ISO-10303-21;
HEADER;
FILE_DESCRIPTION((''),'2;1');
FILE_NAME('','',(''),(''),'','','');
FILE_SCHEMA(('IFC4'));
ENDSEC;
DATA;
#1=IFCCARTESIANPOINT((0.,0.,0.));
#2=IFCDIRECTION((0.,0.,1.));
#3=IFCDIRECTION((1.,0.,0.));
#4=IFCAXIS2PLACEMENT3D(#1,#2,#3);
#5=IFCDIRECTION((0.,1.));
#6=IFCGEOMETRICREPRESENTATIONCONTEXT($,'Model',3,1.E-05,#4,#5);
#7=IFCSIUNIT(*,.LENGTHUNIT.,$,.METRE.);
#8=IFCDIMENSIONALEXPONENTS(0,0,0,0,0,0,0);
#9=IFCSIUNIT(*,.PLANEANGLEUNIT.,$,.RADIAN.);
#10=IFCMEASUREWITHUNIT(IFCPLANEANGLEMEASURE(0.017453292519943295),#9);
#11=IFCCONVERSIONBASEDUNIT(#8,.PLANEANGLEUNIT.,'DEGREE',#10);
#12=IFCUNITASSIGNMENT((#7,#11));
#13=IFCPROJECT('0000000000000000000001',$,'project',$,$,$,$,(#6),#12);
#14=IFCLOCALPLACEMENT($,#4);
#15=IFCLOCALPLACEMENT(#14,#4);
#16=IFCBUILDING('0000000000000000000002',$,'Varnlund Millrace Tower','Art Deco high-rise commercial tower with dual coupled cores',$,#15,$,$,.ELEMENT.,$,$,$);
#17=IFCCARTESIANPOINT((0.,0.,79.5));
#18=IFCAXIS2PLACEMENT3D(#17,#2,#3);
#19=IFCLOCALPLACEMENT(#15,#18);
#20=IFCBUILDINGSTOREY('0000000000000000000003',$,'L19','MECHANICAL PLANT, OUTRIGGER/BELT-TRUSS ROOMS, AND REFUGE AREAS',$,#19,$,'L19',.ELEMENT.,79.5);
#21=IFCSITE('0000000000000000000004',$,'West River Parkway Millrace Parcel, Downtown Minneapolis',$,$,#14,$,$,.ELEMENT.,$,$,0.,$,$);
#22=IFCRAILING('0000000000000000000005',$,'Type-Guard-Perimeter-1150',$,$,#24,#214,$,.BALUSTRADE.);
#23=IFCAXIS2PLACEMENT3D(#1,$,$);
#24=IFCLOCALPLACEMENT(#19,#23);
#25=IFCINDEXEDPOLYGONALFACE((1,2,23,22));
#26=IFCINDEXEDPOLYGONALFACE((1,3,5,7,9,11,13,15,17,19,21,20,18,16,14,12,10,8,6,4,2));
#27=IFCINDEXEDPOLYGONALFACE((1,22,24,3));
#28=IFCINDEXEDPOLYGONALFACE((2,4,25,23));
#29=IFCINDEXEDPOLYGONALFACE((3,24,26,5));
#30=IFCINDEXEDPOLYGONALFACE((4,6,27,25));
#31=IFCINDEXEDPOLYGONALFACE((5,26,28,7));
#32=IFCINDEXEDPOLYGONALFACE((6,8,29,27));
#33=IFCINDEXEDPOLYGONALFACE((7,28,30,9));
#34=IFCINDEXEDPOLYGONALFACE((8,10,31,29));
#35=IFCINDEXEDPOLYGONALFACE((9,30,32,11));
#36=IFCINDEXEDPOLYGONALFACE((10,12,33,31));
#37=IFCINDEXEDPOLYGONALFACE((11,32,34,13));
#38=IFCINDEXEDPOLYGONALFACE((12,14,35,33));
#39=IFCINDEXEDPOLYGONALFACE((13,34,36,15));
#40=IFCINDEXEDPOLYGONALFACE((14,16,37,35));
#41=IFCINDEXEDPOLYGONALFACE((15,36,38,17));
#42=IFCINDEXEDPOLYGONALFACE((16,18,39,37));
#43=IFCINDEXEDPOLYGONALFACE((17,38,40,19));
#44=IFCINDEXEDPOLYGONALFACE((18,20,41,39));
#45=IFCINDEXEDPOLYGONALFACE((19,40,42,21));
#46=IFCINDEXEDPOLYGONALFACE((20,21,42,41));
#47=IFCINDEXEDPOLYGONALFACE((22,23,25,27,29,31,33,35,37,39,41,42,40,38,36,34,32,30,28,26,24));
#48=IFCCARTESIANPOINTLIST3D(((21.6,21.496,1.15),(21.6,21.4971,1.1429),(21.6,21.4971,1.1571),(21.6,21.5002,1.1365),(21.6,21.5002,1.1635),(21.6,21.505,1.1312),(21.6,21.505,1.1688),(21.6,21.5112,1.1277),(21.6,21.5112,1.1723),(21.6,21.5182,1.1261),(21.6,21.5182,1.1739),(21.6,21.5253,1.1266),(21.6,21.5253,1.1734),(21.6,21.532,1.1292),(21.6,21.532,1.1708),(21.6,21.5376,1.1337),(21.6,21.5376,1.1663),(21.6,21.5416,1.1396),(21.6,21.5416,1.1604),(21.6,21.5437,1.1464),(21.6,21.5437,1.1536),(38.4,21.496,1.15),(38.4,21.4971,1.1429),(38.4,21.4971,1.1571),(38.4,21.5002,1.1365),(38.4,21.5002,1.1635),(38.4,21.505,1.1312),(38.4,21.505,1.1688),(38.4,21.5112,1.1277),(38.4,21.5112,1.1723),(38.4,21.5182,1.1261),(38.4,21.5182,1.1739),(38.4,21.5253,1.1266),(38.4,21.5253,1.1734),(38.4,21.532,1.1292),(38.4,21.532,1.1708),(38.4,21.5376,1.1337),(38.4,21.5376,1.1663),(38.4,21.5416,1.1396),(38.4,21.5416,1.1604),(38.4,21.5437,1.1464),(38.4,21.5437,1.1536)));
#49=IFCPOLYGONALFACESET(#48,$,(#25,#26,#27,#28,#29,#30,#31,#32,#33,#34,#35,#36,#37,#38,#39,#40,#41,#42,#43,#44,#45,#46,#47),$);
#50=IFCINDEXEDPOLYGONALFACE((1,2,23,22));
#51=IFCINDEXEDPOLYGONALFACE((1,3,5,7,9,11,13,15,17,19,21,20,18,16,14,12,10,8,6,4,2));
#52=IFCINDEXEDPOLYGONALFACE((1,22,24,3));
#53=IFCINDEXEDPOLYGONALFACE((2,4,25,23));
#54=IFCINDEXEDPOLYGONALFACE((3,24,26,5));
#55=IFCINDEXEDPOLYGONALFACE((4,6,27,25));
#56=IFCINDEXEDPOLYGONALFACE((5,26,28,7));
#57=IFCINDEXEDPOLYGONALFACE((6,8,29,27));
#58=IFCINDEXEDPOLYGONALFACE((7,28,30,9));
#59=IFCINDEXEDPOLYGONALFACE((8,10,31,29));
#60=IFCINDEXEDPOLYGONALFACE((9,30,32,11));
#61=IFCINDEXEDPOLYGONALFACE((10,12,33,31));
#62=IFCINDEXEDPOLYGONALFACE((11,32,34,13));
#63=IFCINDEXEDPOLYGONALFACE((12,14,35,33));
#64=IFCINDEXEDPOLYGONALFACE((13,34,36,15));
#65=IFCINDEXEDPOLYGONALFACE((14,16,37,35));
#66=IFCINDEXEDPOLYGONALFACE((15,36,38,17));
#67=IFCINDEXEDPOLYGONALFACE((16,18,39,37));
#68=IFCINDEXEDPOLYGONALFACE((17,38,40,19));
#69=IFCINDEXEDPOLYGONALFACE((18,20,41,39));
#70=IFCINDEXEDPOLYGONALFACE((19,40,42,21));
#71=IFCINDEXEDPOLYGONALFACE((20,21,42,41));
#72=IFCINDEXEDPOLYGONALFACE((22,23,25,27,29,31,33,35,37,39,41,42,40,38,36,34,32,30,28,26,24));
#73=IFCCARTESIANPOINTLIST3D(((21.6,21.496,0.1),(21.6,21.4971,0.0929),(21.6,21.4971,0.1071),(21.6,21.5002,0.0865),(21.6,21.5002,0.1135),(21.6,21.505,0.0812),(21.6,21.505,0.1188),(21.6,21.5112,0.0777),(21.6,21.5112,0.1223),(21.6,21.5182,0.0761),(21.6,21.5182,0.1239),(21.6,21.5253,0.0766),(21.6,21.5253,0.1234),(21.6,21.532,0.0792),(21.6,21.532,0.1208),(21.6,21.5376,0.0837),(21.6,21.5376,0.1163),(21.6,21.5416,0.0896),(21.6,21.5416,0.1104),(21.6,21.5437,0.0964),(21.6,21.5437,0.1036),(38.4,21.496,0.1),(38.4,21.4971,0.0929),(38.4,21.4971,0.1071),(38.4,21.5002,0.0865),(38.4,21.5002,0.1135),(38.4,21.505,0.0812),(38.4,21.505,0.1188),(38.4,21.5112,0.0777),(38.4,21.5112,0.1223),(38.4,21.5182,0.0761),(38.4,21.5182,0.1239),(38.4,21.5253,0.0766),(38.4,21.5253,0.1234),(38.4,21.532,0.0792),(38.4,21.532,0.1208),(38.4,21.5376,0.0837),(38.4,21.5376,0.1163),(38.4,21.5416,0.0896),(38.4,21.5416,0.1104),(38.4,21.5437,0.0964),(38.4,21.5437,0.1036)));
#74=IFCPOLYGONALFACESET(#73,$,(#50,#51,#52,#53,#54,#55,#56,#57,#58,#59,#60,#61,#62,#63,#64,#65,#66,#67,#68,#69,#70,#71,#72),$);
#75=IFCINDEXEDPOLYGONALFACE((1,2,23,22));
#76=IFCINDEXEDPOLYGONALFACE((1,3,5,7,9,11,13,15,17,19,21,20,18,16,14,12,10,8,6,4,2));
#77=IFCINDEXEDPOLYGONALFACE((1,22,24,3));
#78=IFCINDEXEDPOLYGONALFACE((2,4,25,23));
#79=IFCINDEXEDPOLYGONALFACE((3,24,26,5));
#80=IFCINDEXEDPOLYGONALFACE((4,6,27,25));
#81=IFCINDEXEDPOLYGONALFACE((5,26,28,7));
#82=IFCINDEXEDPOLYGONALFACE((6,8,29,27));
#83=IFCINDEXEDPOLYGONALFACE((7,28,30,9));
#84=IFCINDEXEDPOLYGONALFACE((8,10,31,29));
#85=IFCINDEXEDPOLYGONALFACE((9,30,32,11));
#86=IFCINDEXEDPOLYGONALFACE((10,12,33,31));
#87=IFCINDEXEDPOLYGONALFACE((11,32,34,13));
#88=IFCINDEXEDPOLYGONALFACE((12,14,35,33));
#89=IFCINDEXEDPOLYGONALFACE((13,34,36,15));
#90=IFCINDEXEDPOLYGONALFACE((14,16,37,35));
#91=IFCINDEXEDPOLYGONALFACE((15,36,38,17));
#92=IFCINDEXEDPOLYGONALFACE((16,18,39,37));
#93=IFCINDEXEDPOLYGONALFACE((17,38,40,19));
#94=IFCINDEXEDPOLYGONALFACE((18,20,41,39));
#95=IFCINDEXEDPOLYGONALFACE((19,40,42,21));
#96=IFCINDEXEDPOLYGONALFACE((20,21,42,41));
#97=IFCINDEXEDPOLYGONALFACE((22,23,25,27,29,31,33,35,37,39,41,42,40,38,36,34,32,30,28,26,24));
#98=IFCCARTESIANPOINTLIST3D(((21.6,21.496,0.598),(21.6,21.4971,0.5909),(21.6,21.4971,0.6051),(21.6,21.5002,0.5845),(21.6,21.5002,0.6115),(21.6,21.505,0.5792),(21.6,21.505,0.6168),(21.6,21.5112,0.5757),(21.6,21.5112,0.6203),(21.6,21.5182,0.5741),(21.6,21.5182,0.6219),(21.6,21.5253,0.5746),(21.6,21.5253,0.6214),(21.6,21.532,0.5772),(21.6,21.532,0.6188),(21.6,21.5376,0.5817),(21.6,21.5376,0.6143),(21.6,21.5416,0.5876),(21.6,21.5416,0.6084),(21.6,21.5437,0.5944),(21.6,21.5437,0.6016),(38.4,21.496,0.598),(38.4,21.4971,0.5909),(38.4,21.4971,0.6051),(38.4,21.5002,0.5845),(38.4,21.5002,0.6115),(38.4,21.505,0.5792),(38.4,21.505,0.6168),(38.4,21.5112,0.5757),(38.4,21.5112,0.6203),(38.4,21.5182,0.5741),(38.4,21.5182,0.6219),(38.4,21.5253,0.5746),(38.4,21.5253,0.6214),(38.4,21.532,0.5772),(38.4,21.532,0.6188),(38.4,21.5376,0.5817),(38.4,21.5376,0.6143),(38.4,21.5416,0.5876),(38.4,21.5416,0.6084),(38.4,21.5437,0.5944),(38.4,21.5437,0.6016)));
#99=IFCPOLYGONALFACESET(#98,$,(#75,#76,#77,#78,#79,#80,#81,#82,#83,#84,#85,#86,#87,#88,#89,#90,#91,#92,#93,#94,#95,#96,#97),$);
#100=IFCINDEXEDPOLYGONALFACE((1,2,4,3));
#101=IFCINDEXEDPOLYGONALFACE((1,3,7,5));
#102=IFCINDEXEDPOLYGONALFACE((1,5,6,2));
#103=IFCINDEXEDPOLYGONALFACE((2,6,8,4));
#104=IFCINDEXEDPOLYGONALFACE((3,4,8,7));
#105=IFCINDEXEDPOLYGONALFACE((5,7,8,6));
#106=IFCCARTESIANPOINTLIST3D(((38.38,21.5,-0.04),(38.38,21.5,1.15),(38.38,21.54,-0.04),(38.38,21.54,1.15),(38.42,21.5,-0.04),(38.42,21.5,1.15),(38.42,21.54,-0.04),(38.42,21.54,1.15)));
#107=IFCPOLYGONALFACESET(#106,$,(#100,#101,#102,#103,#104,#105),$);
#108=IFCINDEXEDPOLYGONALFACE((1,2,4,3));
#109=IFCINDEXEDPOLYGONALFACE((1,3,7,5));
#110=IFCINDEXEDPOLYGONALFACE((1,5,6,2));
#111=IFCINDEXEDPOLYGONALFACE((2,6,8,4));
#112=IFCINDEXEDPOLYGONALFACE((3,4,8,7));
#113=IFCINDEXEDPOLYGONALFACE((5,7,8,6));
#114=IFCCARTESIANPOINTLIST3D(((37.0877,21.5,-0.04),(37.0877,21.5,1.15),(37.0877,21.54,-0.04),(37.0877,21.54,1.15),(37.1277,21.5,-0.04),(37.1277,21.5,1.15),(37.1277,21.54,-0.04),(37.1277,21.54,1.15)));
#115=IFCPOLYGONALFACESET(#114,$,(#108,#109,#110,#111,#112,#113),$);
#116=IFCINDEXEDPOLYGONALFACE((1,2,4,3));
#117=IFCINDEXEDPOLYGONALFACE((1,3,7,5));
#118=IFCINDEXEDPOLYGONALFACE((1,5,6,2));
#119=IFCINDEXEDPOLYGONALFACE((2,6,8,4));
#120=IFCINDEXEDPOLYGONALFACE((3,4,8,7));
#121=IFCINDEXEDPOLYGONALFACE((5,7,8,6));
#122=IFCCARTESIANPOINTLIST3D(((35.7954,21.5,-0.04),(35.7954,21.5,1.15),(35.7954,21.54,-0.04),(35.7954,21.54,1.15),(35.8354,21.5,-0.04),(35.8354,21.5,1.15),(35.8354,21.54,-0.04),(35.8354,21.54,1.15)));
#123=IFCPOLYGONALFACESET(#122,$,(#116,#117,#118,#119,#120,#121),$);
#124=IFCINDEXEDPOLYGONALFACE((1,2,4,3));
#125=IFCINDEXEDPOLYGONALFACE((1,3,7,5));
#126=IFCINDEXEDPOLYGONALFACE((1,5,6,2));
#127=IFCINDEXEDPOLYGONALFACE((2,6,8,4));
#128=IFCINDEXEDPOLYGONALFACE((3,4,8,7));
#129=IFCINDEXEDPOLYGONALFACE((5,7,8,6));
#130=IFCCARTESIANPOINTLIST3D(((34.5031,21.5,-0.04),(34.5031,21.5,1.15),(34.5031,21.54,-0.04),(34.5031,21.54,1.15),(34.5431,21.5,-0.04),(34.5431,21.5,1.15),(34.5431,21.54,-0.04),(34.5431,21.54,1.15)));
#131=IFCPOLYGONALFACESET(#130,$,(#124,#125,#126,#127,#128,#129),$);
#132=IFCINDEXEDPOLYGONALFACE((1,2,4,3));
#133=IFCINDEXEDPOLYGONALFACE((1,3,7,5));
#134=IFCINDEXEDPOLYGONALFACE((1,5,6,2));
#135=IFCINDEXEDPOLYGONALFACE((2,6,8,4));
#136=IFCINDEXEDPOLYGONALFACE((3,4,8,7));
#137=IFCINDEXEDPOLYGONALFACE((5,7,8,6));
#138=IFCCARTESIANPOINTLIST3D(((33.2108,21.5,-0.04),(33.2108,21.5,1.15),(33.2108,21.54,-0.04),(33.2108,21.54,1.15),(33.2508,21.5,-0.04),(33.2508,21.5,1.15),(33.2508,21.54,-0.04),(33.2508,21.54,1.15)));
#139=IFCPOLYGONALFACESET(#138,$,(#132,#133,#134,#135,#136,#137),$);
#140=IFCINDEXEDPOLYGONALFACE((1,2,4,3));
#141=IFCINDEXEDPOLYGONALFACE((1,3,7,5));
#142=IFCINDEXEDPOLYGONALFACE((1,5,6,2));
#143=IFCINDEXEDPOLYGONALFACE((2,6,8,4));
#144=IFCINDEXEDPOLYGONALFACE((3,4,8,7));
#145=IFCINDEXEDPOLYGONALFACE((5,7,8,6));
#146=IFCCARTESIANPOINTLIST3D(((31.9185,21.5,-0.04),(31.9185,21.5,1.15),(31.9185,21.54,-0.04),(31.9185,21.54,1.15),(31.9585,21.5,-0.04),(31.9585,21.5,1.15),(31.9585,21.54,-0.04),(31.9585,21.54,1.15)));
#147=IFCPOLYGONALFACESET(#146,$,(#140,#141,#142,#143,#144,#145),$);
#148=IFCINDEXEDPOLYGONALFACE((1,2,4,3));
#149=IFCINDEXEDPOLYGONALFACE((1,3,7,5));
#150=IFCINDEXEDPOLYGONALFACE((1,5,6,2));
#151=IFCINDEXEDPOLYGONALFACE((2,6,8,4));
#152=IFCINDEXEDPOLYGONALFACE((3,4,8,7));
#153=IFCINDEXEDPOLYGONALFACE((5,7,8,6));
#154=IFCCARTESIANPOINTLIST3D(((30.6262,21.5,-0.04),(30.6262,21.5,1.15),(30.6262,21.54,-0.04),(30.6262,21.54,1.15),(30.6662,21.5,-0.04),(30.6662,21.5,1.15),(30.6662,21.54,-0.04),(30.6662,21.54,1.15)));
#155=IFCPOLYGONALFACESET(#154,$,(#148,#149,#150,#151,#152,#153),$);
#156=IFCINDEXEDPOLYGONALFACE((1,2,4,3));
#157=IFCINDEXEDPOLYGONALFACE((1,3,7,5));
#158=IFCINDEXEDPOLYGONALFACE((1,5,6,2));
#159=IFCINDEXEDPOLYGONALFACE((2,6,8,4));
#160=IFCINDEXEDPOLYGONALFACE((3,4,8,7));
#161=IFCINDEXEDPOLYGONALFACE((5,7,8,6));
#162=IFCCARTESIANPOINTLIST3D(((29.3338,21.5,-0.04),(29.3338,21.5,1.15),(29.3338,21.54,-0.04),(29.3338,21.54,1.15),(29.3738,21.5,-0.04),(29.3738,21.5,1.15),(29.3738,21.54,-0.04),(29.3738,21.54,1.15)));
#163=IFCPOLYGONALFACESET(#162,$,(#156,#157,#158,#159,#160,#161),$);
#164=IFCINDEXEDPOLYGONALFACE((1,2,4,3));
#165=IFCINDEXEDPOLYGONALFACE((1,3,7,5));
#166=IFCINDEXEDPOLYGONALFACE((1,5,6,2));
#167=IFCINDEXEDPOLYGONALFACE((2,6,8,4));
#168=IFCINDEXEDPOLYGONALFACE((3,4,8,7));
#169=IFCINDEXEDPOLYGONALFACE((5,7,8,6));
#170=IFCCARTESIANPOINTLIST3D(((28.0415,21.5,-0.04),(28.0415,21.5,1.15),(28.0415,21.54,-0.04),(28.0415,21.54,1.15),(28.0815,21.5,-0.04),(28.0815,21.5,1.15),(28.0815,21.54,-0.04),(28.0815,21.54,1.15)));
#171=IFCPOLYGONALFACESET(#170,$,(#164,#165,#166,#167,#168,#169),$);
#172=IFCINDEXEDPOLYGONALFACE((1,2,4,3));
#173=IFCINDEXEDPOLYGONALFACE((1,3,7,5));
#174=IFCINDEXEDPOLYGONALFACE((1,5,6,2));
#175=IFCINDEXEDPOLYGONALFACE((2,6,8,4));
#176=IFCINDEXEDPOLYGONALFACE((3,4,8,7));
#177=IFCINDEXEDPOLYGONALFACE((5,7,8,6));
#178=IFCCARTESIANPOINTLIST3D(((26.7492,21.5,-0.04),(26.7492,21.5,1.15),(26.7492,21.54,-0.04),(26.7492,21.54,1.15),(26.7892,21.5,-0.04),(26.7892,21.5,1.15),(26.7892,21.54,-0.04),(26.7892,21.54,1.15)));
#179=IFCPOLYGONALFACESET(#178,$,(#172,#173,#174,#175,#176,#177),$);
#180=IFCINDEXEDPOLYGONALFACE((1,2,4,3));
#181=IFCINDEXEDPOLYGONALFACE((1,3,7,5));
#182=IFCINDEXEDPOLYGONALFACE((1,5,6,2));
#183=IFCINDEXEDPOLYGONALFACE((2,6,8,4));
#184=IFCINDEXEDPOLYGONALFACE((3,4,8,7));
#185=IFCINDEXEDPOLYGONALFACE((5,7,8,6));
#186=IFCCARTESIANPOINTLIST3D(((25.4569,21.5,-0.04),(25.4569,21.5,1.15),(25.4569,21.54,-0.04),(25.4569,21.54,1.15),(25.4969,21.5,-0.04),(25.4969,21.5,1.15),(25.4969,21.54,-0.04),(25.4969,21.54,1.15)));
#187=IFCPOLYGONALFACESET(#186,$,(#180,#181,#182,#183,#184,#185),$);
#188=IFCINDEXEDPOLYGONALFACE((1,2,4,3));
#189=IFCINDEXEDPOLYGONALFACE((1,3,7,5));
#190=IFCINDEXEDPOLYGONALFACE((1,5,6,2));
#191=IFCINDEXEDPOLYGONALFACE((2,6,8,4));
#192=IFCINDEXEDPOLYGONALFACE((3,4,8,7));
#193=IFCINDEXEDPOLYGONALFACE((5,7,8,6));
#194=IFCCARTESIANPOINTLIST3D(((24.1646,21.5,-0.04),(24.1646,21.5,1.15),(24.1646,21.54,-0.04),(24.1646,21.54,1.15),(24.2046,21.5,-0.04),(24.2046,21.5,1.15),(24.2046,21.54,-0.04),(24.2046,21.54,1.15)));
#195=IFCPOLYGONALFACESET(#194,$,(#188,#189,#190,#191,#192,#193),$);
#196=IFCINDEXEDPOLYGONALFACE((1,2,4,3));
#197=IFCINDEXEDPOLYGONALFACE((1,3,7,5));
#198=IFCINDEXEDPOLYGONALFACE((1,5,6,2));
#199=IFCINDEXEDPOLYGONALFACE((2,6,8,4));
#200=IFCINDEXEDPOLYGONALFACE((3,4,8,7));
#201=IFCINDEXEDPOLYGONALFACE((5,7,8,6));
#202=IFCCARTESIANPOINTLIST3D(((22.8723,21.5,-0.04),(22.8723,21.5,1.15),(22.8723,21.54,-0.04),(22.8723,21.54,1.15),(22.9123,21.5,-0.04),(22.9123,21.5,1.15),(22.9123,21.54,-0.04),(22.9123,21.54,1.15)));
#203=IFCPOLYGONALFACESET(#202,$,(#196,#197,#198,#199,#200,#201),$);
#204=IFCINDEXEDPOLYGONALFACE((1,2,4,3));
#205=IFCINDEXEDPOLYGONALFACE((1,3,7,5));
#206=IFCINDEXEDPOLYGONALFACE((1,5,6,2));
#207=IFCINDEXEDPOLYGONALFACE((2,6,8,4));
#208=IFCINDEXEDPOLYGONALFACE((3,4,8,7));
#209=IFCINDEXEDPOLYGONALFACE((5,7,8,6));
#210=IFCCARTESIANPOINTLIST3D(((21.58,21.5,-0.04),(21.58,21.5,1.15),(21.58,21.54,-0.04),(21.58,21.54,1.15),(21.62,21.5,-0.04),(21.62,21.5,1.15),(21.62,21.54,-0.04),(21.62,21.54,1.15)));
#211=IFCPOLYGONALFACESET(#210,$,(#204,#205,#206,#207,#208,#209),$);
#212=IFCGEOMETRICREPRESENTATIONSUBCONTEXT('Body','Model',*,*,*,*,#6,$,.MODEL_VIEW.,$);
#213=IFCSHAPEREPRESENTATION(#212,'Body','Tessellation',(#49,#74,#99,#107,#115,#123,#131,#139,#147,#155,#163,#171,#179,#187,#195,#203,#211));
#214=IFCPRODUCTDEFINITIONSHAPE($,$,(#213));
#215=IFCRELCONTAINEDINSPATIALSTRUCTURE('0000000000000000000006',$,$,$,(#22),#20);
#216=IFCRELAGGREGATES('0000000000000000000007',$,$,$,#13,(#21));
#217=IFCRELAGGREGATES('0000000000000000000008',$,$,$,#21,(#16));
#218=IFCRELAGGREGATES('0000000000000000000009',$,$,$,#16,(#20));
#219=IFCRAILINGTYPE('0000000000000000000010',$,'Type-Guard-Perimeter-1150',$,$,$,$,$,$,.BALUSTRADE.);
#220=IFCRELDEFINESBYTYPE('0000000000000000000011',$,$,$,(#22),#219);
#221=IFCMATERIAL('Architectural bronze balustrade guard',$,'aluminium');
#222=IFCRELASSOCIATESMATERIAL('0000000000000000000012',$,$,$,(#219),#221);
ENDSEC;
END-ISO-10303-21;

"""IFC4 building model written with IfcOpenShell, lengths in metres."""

from ifc_helpers import new_model, entity, si_unit, converted_unit, direction, frame, origin_with_axes, origin_2d_with_axis, place, context, subcontext, project, spatial, rectangle, circle, extrude, material, type_object, element, save


model = new_model("IFC4")

# Units and contexts
model_context = context("Model", 3, precision=1e-05, world=origin_with_axes(), true_north=direction((0.0, 1.0)))
body_context = subcontext(model_context, "Body", "Model", "MODEL_VIEW")
ifc_project = project(units=[si_unit("LENGTHUNIT", "METRE"), converted_unit("PLANEANGLEUNIT", "DEGREE", entity("IfcPlaneAngleMeasure", 0.017453292519943295), si_unit("PLANEANGLEUNIT", "RADIAN"), dimensions=[0, 0, 0, 0, 0, 0, 0])], contexts=[model_context])

# Site, building, storey
site_placement = place(None, origin_with_axes())
site = spatial("IfcSite", under=ifc_project, at=site_placement, Name="West River Parkway Millrace Parcel, Downtown Minneapolis", CompositionType="ELEMENT", RefElevation=0.0)
building_placement = place(site_placement, origin_with_axes())
building = spatial("IfcBuilding", under=site, at=building_placement, Name="Varnlund Millrace Tower", Description="Art Deco high-rise commercial tower with dual coupled cores", CompositionType="ELEMENT")
storey_placement = place(building_placement, frame((0.0, 0.0, 79.5), z_axis=(0.0, 0.0, 1.0), x_axis=(1.0, 0.0, 0.0)))
storey = spatial("IfcBuildingStorey", under=building, at=storey_placement, Name="L19", Description="MECHANICAL PLANT, OUTRIGGER/BELT-TRUSS ROOMS, AND REFUGE AREAS", LongName="L19", CompositionType="ELEMENT", Elevation=79.5)

# Railing
ifc_material_1 = material(Name="Architectural bronze balustrade guard", Category="aluminium")
railing_type = type_object("IfcRailingType", Name="Type-Guard-Perimeter-1150", PredefinedType="BALUSTRADE", material=ifc_material_1)
railing_1_placement = place(storey_placement, frame((0.0, 0.0, -79.5), z_axis=(0.0, 0.0, 1.0), x_axis=(1.0, 0.0, 0.0)))
element("IfcRailing", 1, at=railing_1_placement, inside=storey, type_object=railing_type, Name="Type-Guard-Perimeter-1150", PredefinedType="BALUSTRADE", context=body_context, shape_type="SweptSolid", body=[
    extrude(circle(Radius=0.024, at=origin_2d_with_axis()), frame((38.4, 21.52, 80.65), z_axis=(-1.0, 0.0, 0.0), x_axis=(0.0, -1.0, 0.0)), (0.0, 0.0, 1.0), 16.8),
    extrude(circle(Radius=0.024, at=origin_2d_with_axis()), frame((38.4, 21.52, 79.6), z_axis=(-1.0, 0.0, 0.0), x_axis=(0.0, -1.0, 0.0)), (0.0, 0.0, 1.0), 16.8),
    extrude(circle(Radius=0.024, at=origin_2d_with_axis()), frame((38.4, 21.52, 80.098), z_axis=(-1.0, 0.0, 0.0), x_axis=(0.0, -1.0, 0.0)), (0.0, 0.0, 1.0), 16.8),
    extrude(rectangle(XDim=0.04, YDim=0.04, at=origin_2d_with_axis()), frame((38.4, 21.52, 79.46), z_axis=(0.0, 0.0, 1.0), x_axis=(1.0, 0.0, 0.0)), (0.0, 0.0, 1.0), 1.19),
    extrude(rectangle(XDim=0.04, YDim=0.04, at=origin_2d_with_axis()), frame((37.1077, 21.52, 79.46), z_axis=(0.0, 0.0, 1.0), x_axis=(1.0, 0.0, 0.0)), (0.0, 0.0, 1.0), 1.19),
    extrude(rectangle(XDim=0.04, YDim=0.04, at=origin_2d_with_axis()), frame((35.8154, 21.52, 79.46), z_axis=(0.0, 0.0, 1.0), x_axis=(1.0, 0.0, 0.0)), (0.0, 0.0, 1.0), 1.19),
    extrude(rectangle(XDim=0.04, YDim=0.04, at=origin_2d_with_axis()), frame((34.5231, 21.52, 79.46), z_axis=(0.0, 0.0, 1.0), x_axis=(1.0, 0.0, 0.0)), (0.0, 0.0, 1.0), 1.19),
    extrude(rectangle(XDim=0.04, YDim=0.04, at=origin_2d_with_axis()), frame((33.2308, 21.52, 79.46), z_axis=(0.0, 0.0, 1.0), x_axis=(1.0, 0.0, 0.0)), (0.0, 0.0, 1.0), 1.19),
    extrude(rectangle(XDim=0.04, YDim=0.04, at=origin_2d_with_axis()), frame((31.9385, 21.52, 79.46), z_axis=(0.0, 0.0, 1.0), x_axis=(1.0, 0.0, 0.0)), (0.0, 0.0, 1.0), 1.19),
    extrude(rectangle(XDim=0.04, YDim=0.04, at=origin_2d_with_axis()), frame((30.6462, 21.52, 79.46), z_axis=(0.0, 0.0, 1.0), x_axis=(1.0, 0.0, 0.0)), (0.0, 0.0, 1.0), 1.19),
    extrude(rectangle(XDim=0.04, YDim=0.04, at=origin_2d_with_axis()), frame((29.3538, 21.52, 79.46), z_axis=(0.0, 0.0, 1.0), x_axis=(1.0, 0.0, 0.0)), (0.0, 0.0, 1.0), 1.19),
    extrude(rectangle(XDim=0.04, YDim=0.04, at=origin_2d_with_axis()), frame((28.0615, 21.52, 79.46), z_axis=(0.0, 0.0, 1.0), x_axis=(1.0, 0.0, 0.0)), (0.0, 0.0, 1.0), 1.19),
    extrude(rectangle(XDim=0.04, YDim=0.04, at=origin_2d_with_axis()), frame((26.7692, 21.52, 79.46), z_axis=(0.0, 0.0, 1.0), x_axis=(1.0, 0.0, 0.0)), (0.0, 0.0, 1.0), 1.19),
    extrude(rectangle(XDim=0.04, YDim=0.04, at=origin_2d_with_axis()), frame((25.4769, 21.52, 79.46), z_axis=(0.0, 0.0, 1.0), x_axis=(1.0, 0.0, 0.0)), (0.0, 0.0, 1.0), 1.19),
    extrude(rectangle(XDim=0.04, YDim=0.04, at=origin_2d_with_axis()), frame((24.1846, 21.52, 79.46), z_axis=(0.0, 0.0, 1.0), x_axis=(1.0, 0.0, 0.0)), (0.0, 0.0, 1.0), 1.19),
    extrude(rectangle(XDim=0.04, YDim=0.04, at=origin_2d_with_axis()), frame((22.8923, 21.52, 79.46), z_axis=(0.0, 0.0, 1.0), x_axis=(1.0, 0.0, 0.0)), (0.0, 0.0, 1.0), 1.19),
    extrude(rectangle(XDim=0.04, YDim=0.04, at=origin_2d_with_axis()), frame((21.6, 21.52, 79.46), z_axis=(0.0, 0.0, 1.0), x_axis=(1.0, 0.0, 0.0)), (0.0, 0.0, 1.0), 1.19),
])

save(model, "model.ifc")
